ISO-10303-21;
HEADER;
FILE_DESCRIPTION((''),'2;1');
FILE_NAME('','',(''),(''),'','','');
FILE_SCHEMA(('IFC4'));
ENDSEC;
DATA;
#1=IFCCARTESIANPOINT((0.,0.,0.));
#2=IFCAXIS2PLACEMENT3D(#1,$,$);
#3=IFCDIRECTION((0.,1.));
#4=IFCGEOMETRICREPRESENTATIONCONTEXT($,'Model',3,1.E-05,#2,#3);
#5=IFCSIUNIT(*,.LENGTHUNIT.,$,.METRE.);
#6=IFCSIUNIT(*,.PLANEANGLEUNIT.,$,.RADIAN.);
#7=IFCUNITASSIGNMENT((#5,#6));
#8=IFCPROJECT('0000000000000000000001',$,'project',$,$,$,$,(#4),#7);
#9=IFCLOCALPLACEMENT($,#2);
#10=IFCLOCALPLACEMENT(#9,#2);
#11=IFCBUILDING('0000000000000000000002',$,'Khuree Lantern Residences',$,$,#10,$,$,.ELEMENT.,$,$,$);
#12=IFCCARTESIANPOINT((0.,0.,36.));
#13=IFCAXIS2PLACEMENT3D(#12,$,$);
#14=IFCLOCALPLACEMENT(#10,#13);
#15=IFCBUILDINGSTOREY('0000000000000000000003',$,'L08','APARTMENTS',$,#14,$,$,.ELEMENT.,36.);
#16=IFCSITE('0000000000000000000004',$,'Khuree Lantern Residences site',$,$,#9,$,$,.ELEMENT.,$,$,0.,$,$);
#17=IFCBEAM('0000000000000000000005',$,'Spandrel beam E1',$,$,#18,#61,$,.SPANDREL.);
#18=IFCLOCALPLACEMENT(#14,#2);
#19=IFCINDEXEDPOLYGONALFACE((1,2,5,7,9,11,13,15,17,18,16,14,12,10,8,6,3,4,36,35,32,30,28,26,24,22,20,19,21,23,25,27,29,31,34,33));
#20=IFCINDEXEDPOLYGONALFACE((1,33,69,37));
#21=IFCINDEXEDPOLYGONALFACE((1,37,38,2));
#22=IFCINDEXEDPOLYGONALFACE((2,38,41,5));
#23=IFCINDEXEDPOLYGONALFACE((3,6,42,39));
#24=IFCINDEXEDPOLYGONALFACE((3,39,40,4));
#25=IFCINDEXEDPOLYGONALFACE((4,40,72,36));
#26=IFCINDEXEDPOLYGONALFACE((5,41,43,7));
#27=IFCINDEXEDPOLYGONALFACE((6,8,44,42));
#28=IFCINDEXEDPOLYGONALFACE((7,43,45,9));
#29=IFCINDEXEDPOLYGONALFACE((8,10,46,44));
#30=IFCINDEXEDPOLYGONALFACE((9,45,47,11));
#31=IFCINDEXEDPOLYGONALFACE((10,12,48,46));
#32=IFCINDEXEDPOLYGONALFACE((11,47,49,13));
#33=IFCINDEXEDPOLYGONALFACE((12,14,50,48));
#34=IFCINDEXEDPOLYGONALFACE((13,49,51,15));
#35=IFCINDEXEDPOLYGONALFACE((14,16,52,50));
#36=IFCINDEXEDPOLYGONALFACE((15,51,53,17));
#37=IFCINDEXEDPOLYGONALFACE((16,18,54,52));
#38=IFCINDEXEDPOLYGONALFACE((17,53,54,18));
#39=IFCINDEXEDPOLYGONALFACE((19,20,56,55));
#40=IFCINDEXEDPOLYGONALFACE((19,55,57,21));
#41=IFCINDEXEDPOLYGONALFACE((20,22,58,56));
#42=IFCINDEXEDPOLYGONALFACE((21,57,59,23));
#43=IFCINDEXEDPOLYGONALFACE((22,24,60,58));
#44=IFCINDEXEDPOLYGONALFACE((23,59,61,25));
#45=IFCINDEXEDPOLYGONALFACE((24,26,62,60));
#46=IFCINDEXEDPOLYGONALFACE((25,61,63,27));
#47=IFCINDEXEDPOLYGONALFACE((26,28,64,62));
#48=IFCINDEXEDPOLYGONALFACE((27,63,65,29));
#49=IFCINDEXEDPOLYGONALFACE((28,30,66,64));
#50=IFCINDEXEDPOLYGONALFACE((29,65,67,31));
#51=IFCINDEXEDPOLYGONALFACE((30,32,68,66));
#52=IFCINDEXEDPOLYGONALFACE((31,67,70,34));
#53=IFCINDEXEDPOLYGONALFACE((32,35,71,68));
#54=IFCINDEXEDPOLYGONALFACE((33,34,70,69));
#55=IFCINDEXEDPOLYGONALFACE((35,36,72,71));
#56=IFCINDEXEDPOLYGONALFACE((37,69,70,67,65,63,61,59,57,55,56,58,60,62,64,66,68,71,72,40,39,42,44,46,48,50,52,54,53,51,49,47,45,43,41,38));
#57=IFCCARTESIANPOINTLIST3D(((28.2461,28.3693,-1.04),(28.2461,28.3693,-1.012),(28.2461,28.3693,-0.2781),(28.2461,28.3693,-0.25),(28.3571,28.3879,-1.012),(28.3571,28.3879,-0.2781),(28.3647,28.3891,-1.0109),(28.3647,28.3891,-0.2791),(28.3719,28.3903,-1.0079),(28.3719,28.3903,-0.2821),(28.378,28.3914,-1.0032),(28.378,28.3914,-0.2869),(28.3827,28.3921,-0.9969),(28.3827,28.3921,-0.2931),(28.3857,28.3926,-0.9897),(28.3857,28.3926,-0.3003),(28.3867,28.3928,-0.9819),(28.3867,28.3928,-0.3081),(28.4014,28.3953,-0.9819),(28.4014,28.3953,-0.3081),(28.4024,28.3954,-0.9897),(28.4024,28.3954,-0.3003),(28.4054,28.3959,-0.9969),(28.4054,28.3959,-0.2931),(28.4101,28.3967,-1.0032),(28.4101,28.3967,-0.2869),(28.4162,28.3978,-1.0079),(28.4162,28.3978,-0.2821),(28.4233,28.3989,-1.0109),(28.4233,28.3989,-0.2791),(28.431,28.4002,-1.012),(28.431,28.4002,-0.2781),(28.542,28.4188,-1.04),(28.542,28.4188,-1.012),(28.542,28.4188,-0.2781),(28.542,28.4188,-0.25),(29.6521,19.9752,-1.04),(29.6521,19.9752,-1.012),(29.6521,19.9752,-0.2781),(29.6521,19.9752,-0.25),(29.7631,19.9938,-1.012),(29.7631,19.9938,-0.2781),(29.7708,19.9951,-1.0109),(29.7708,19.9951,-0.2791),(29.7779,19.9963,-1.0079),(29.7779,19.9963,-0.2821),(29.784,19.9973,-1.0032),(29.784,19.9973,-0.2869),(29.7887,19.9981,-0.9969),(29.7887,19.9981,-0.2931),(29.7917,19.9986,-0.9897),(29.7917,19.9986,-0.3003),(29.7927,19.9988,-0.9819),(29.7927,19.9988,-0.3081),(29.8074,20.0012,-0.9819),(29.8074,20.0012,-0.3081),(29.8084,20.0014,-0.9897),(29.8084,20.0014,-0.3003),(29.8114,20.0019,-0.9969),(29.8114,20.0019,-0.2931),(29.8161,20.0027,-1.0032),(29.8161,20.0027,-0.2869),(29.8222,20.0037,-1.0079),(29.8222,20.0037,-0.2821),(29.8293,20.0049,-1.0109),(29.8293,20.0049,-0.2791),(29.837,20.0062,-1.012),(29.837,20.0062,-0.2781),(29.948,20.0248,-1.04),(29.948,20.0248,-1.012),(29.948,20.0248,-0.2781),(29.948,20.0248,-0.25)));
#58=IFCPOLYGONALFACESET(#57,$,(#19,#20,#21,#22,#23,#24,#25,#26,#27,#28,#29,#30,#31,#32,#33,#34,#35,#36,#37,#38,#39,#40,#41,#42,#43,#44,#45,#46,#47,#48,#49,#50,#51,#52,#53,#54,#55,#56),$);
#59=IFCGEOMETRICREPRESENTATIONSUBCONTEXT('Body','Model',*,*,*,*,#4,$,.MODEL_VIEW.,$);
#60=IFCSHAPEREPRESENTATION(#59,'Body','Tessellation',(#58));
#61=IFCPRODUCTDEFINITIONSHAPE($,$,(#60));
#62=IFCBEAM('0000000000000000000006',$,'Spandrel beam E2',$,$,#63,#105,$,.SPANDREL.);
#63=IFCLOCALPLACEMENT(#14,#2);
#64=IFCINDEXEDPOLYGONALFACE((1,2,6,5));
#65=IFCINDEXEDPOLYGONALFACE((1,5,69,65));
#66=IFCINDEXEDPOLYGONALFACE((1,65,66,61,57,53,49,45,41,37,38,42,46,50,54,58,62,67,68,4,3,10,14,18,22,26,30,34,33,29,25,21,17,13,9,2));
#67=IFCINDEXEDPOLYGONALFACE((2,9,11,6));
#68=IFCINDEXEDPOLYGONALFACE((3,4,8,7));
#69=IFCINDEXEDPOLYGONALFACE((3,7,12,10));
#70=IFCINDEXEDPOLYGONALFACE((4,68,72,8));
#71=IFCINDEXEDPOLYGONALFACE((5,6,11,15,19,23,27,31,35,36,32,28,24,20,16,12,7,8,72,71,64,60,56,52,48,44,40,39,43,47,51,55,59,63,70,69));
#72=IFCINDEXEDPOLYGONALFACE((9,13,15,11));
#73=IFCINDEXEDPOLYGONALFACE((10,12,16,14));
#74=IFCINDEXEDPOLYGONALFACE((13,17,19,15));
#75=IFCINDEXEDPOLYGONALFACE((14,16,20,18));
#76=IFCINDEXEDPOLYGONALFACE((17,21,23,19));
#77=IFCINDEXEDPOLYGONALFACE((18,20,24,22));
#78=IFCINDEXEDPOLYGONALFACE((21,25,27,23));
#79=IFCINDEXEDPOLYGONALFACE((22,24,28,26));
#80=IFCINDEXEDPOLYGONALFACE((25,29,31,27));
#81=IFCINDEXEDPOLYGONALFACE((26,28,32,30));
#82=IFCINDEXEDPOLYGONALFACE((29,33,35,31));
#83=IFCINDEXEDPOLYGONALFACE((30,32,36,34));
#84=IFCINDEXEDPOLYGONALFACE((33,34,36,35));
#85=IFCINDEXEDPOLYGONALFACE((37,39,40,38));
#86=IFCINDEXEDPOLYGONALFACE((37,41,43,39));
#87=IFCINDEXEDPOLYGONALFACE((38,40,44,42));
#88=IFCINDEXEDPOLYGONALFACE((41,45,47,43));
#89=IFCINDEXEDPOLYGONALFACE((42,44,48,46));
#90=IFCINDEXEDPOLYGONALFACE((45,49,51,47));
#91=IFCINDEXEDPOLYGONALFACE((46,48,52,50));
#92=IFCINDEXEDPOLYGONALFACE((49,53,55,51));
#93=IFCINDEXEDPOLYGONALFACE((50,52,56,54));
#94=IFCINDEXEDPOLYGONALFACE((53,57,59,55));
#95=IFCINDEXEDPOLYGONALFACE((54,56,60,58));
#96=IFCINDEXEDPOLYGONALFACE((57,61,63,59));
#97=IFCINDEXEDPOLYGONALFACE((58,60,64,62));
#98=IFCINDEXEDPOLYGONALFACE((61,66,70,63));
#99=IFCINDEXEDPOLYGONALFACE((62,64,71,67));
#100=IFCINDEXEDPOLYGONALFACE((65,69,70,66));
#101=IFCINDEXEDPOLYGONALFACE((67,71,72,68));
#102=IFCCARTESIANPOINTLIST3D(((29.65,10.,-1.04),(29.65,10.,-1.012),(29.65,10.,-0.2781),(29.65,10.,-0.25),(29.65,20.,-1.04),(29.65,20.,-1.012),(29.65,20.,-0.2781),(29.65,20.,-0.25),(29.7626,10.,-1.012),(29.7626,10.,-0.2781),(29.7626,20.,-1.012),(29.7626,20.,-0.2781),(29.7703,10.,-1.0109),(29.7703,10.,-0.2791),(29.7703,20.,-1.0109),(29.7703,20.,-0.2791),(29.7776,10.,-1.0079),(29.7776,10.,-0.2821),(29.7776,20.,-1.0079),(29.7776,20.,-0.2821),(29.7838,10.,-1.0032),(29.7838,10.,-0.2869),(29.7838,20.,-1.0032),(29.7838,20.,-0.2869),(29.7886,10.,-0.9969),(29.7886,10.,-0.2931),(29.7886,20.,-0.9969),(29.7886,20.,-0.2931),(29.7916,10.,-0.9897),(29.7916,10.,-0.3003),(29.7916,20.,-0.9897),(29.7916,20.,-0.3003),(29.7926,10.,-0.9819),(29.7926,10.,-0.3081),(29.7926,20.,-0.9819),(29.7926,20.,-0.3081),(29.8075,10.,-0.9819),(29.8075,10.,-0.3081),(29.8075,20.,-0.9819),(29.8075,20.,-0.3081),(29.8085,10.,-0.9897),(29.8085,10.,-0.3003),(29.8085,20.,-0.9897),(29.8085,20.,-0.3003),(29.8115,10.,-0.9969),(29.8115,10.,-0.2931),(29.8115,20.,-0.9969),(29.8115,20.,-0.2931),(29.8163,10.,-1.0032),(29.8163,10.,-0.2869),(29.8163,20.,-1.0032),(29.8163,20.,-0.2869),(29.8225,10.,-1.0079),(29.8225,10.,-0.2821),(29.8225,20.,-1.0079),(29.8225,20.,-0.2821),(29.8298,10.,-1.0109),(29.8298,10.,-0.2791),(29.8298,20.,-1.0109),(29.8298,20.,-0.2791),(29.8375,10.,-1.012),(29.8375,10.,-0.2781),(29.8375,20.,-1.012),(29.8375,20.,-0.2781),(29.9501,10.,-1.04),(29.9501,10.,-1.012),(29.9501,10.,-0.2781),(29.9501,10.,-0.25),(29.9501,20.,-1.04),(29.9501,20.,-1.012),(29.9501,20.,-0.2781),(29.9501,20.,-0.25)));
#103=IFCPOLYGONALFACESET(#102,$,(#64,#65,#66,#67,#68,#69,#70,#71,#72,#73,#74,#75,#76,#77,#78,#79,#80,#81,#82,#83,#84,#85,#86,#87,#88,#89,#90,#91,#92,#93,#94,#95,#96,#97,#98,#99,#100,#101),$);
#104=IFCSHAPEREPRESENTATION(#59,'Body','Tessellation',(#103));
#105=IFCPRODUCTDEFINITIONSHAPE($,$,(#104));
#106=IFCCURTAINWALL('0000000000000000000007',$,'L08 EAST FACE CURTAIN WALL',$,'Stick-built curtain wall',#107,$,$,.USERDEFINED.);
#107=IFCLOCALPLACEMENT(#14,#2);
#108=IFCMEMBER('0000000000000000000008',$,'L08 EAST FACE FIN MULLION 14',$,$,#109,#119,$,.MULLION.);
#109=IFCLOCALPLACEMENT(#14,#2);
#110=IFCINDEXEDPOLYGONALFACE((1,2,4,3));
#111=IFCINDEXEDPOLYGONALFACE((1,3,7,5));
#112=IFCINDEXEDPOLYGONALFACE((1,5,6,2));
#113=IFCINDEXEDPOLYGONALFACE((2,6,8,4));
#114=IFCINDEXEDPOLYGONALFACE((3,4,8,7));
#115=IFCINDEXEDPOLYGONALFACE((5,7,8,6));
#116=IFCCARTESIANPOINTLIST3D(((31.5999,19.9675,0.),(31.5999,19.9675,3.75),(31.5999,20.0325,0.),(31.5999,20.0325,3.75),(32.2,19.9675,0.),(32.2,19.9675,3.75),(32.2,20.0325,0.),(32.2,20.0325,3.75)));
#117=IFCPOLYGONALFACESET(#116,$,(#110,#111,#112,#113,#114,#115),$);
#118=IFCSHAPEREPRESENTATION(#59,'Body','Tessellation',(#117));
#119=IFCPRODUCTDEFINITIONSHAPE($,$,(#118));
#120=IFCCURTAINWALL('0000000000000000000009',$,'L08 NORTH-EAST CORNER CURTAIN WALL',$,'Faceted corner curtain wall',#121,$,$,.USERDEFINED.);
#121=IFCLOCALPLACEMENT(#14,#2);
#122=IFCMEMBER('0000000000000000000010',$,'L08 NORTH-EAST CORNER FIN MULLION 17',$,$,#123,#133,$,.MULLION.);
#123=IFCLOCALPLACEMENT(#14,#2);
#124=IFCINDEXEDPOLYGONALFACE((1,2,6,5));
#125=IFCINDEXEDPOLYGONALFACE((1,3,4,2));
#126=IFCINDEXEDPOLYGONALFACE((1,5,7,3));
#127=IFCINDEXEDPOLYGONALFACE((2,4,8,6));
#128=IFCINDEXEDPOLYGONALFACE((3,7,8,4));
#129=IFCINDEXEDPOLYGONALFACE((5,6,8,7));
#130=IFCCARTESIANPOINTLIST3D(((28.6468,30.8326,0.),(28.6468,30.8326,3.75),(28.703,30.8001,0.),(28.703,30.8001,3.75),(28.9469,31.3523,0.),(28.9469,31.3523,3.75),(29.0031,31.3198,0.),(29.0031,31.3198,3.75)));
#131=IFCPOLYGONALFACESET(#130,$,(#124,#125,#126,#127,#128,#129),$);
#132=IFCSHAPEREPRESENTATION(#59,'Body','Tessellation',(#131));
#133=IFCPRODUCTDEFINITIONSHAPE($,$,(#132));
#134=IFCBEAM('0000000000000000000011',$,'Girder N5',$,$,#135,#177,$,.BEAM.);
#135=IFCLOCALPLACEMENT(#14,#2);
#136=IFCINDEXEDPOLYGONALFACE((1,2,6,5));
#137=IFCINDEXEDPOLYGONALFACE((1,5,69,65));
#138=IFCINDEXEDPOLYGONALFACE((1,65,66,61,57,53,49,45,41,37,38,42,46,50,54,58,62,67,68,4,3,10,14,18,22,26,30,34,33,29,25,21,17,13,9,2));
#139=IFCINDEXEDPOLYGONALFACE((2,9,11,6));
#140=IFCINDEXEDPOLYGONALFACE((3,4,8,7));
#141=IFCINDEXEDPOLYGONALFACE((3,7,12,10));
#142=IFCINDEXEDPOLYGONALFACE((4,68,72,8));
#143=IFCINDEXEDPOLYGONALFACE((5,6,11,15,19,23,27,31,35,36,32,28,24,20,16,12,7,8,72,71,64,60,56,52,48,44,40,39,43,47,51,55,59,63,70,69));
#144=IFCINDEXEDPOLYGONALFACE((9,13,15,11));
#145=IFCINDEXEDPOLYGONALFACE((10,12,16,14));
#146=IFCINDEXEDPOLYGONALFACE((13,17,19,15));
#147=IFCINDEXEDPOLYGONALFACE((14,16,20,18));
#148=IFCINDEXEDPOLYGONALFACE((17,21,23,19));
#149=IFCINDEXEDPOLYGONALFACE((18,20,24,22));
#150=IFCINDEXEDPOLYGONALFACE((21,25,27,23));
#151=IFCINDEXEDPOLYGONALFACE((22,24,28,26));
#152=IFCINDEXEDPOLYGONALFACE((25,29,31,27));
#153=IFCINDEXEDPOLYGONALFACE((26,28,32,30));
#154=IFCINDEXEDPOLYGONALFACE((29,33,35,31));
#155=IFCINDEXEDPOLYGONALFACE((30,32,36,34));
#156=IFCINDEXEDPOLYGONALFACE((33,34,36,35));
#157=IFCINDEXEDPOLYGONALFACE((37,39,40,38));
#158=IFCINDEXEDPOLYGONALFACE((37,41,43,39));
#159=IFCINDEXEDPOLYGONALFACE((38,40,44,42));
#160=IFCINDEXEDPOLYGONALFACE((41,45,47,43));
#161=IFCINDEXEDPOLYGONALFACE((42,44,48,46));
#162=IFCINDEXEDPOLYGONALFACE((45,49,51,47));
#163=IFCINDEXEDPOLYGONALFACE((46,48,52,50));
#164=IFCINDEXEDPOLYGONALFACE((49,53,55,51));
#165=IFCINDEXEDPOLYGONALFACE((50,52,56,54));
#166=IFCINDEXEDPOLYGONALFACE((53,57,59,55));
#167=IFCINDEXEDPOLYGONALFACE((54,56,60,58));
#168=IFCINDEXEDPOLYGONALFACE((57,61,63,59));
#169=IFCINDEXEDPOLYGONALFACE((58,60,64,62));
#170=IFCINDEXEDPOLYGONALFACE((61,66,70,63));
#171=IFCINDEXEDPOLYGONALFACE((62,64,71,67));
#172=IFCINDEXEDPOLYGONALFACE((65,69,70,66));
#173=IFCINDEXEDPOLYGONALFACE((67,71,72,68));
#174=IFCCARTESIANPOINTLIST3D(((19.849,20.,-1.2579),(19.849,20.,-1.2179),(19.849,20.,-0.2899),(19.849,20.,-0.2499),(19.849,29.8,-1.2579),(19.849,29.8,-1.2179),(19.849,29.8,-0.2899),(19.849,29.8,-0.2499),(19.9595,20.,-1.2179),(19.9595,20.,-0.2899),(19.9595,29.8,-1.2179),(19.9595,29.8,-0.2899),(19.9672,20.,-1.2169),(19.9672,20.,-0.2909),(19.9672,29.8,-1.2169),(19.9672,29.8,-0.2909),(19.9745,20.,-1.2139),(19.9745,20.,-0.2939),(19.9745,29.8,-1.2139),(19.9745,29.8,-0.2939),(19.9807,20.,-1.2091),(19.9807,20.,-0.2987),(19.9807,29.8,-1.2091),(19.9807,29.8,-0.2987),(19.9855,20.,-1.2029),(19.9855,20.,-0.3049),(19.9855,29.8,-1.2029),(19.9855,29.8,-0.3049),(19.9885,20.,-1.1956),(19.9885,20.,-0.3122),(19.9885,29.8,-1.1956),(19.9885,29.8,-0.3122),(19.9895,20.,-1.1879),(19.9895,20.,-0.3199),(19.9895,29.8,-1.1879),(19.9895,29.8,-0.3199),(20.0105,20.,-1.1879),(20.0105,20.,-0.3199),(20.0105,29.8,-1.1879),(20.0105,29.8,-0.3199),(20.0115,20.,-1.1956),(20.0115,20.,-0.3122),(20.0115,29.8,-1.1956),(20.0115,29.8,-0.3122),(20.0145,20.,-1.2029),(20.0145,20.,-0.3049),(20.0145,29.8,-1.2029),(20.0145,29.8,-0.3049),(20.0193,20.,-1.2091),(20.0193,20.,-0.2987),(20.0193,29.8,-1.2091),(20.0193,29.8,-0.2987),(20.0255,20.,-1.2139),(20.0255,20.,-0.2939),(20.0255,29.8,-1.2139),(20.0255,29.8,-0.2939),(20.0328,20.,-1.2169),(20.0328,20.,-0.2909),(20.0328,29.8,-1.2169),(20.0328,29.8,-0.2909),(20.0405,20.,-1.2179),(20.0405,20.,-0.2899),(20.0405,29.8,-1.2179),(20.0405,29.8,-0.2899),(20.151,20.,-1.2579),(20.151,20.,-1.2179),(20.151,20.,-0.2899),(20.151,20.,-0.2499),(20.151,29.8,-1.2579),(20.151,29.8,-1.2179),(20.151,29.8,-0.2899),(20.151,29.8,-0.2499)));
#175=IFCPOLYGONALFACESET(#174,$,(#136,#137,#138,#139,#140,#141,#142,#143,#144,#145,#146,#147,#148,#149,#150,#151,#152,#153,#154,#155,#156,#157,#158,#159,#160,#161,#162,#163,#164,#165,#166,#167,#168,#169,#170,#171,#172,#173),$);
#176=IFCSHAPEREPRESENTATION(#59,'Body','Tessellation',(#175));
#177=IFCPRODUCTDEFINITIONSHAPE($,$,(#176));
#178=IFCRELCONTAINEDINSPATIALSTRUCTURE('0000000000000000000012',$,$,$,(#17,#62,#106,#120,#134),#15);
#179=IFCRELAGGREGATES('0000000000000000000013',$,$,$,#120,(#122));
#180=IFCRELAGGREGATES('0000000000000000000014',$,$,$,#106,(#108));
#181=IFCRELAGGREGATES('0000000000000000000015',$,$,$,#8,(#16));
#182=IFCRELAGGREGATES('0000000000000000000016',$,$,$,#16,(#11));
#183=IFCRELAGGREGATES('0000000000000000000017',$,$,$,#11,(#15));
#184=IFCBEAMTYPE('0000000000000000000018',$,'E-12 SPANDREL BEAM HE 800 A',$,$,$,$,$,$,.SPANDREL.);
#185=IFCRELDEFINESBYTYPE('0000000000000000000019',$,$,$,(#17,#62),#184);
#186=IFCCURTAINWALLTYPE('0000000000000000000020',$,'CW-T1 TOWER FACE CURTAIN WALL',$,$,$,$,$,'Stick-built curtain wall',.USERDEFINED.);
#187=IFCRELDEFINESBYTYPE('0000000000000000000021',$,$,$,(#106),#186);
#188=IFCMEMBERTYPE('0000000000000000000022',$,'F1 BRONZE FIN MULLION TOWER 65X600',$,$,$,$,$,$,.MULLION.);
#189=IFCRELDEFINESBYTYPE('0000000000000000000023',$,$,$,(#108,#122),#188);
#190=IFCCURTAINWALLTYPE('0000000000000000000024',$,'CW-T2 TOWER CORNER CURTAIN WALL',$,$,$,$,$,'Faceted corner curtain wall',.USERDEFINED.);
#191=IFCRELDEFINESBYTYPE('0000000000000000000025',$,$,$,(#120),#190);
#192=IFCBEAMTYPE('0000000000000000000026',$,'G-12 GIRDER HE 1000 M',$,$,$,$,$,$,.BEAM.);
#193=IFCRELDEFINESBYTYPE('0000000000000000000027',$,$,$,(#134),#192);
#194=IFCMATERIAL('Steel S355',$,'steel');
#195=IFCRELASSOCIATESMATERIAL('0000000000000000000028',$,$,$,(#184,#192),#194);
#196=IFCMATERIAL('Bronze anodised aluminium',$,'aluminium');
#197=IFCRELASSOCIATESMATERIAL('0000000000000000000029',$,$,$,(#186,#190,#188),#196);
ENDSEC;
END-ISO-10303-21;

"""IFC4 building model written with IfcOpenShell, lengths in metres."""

from ifc_helpers import new_model, si_unit, direction, frame, origin, origin_2d, place, context, subcontext, project, spatial, rectangle, i_section, extrude, material, material_profile, profile_set, type_object, element, aggregate, save


model = new_model("IFC4")

# Units and contexts
model_context = context("Model", 3, precision=1e-05, world=origin(), true_north=direction((0.0, 1.0)))
body_context = subcontext(model_context, "Body", "Model", "MODEL_VIEW")
ifc_project = project(units=[si_unit("LENGTHUNIT", "METRE"), si_unit("PLANEANGLEUNIT", "RADIAN")], contexts=[model_context])

# Site, building, storey
site_placement = place(None, origin())
site = spatial("IfcSite", under=ifc_project, at=site_placement, Name="Khuree Lantern Residences site", CompositionType="ELEMENT", RefElevation=0.0)
building_placement = place(site_placement, origin())
building = spatial("IfcBuilding", under=site, at=building_placement, Name="Khuree Lantern Residences", CompositionType="ELEMENT")
storey_placement = place(building_placement, frame((0.0, 0.0, 36.0)))
storey = spatial("IfcBuildingStorey", under=building, at=storey_placement, Name="L08", Description="APARTMENTS", CompositionType="ELEMENT", Elevation=36.0)

# Beams
ifc_material_1 = material(Name="Steel S355", Category="steel")
ifc_material_profile_1 = material_profile(ifc_material_1, i_section(OverallWidth=0.3, OverallDepth=0.79, WebThickness=0.0149, FlangeThickness=0.0281, FilletRadius=0.03, at=origin_2d()), Name="HE 800 A")
ifc_profile_set_1 = profile_set([ifc_material_profile_1], Name="Steel S355")
beam_type_1 = type_object("IfcBeamType", Name="E-12 SPANDREL BEAM HE 800 A", PredefinedType="SPANDREL", material=ifc_profile_set_1)
for number, where, z_axis, x_axis, name in (
    (1, (28.394, 28.394, -0.645), (0.165199, -0.98626, 0.0), (0.98626, 0.165199, 0.0), "Spandrel beam E1"),
):
    element("IfcBeam", number, at=place(storey_placement, frame(where, z_axis=z_axis, x_axis=x_axis)), inside=storey, type_object=beam_type_1, Name=name, PredefinedType="SPANDREL", context=body_context, shape_type="SweptSolid", body=[
        extrude(i_section(OverallWidth=0.3, OverallDepth=0.79, WebThickness=0.0149, FlangeThickness=0.0281, FilletRadius=0.03, at=origin_2d()), origin(), (0.0, 0.0, 1.0), 8.511),
    ])
beam_1_placement = place(storey_placement, frame((29.8, 20.0, -0.645), z_axis=(0.0, -1.0, 0.0), x_axis=(1.0, 0.0, 0.0)))
element("IfcBeam", 2, at=beam_1_placement, inside=storey, type_object=beam_type_1, Name="Spandrel beam E2", PredefinedType="SPANDREL", context=body_context, shape_type="SweptSolid", body=[
    extrude(i_section(OverallWidth=0.3, OverallDepth=0.79, WebThickness=0.0149, FlangeThickness=0.0281, FilletRadius=0.03, at=origin_2d()), origin(), (0.0, 0.0, 1.0), 10.0),
])

# Curtain walls, members
ifc_material_2 = material(Name="Bronze anodised aluminium", Category="aluminium")
curtain_wall_type_1 = type_object("IfcCurtainWallType", Name="CW-T1 TOWER FACE CURTAIN WALL", ElementType="Stick-built curtain wall", PredefinedType="USERDEFINED", material=ifc_material_2)
curtain_wall_1_placement = place(storey_placement, origin())
curtain_wall_1 = element("IfcCurtainWall", 3, at=curtain_wall_1_placement, inside=storey, type_object=curtain_wall_type_1, Name="L08 EAST FACE CURTAIN WALL", ObjectType="Stick-built curtain wall", PredefinedType="USERDEFINED")
ifc_material_profile_2 = material_profile(ifc_material_2, rectangle(XDim=0.0649, YDim=0.6001, at=origin_2d()), Name="F1 65X600")
ifc_profile_set_2 = profile_set([ifc_material_profile_2], Name="Bronze anodised aluminium")
member_type_1 = type_object("IfcMemberType", Name="F1 BRONZE FIN MULLION TOWER 65X600", PredefinedType="MULLION", material=ifc_profile_set_2)
member_1_placement = place(storey_placement, frame((31.8999, 20.0, 0.0), z_axis=(0.0, 0.0, 1.0), x_axis=(0.0, 1.0, 0.0)))
member_1 = element("IfcMember", 4, at=member_1_placement, type_object=member_type_1, Name="L08 EAST FACE FIN MULLION 14", PredefinedType="MULLION", context=body_context, shape_type="SweptSolid", body=[
    extrude(rectangle(XDim=0.0649, YDim=0.6001, at=origin_2d()), origin(), (0.0, 0.0, 1.0), 3.75),
])
curtain_wall_type_2 = type_object("IfcCurtainWallType", Name="CW-T2 TOWER CORNER CURTAIN WALL", ElementType="Faceted corner curtain wall", PredefinedType="USERDEFINED", material=ifc_material_2)
curtain_wall_2_placement = place(storey_placement, origin())
curtain_wall_2 = element("IfcCurtainWall", 5, at=curtain_wall_2_placement, inside=storey, type_object=curtain_wall_type_2, Name="L08 NORTH-EAST CORNER CURTAIN WALL", ObjectType="Faceted corner curtain wall", PredefinedType="USERDEFINED")
member_2_placement = place(storey_placement, frame((28.825, 31.0762, 0.0), z_axis=(0.0, 0.0, 1.0), x_axis=(-0.866025, 0.5, 0.0)))
member_2 = element("IfcMember", 6, at=member_2_placement, type_object=member_type_1, Name="L08 NORTH-EAST CORNER FIN MULLION 17", PredefinedType="MULLION", context=body_context, shape_type="SweptSolid", body=[
    extrude(rectangle(XDim=0.0649, YDim=0.6001, at=origin_2d()), origin(), (0.0, 0.0, 1.0), 3.75),
])

# Beam
ifc_material_profile_3 = material_profile(ifc_material_1, i_section(OverallWidth=0.302, OverallDepth=1.0081, WebThickness=0.021, FlangeThickness=0.04, FilletRadius=0.03, at=origin_2d()), Name="HE 1000 M")
ifc_profile_set_3 = profile_set([ifc_material_profile_3], Name="Steel S355")
beam_type_2 = type_object("IfcBeamType", Name="G-12 GIRDER HE 1000 M", PredefinedType="BEAM", material=ifc_profile_set_3)
for number, where, z_axis, x_axis, name in (
    (7, (20.0, 29.8, -0.7539), (0.0, -1.0, 0.0), (1.0, 0.0, 0.0), "Girder N5"),
):
    element("IfcBeam", number, at=place(storey_placement, frame(where, z_axis=z_axis, x_axis=x_axis)), inside=storey, type_object=beam_type_2, Name=name, PredefinedType="BEAM", context=body_context, shape_type="SweptSolid", body=[
        extrude(i_section(OverallWidth=0.302, OverallDepth=1.0081, WebThickness=0.021, FlangeThickness=0.04, FilletRadius=0.03, at=origin_2d()), origin(), (0.0, 0.0, 1.0), 9.8),
    ])

aggregate(curtain_wall_2, [member_2])
aggregate(curtain_wall_1, [member_1])

save(model, "model.ifc")
